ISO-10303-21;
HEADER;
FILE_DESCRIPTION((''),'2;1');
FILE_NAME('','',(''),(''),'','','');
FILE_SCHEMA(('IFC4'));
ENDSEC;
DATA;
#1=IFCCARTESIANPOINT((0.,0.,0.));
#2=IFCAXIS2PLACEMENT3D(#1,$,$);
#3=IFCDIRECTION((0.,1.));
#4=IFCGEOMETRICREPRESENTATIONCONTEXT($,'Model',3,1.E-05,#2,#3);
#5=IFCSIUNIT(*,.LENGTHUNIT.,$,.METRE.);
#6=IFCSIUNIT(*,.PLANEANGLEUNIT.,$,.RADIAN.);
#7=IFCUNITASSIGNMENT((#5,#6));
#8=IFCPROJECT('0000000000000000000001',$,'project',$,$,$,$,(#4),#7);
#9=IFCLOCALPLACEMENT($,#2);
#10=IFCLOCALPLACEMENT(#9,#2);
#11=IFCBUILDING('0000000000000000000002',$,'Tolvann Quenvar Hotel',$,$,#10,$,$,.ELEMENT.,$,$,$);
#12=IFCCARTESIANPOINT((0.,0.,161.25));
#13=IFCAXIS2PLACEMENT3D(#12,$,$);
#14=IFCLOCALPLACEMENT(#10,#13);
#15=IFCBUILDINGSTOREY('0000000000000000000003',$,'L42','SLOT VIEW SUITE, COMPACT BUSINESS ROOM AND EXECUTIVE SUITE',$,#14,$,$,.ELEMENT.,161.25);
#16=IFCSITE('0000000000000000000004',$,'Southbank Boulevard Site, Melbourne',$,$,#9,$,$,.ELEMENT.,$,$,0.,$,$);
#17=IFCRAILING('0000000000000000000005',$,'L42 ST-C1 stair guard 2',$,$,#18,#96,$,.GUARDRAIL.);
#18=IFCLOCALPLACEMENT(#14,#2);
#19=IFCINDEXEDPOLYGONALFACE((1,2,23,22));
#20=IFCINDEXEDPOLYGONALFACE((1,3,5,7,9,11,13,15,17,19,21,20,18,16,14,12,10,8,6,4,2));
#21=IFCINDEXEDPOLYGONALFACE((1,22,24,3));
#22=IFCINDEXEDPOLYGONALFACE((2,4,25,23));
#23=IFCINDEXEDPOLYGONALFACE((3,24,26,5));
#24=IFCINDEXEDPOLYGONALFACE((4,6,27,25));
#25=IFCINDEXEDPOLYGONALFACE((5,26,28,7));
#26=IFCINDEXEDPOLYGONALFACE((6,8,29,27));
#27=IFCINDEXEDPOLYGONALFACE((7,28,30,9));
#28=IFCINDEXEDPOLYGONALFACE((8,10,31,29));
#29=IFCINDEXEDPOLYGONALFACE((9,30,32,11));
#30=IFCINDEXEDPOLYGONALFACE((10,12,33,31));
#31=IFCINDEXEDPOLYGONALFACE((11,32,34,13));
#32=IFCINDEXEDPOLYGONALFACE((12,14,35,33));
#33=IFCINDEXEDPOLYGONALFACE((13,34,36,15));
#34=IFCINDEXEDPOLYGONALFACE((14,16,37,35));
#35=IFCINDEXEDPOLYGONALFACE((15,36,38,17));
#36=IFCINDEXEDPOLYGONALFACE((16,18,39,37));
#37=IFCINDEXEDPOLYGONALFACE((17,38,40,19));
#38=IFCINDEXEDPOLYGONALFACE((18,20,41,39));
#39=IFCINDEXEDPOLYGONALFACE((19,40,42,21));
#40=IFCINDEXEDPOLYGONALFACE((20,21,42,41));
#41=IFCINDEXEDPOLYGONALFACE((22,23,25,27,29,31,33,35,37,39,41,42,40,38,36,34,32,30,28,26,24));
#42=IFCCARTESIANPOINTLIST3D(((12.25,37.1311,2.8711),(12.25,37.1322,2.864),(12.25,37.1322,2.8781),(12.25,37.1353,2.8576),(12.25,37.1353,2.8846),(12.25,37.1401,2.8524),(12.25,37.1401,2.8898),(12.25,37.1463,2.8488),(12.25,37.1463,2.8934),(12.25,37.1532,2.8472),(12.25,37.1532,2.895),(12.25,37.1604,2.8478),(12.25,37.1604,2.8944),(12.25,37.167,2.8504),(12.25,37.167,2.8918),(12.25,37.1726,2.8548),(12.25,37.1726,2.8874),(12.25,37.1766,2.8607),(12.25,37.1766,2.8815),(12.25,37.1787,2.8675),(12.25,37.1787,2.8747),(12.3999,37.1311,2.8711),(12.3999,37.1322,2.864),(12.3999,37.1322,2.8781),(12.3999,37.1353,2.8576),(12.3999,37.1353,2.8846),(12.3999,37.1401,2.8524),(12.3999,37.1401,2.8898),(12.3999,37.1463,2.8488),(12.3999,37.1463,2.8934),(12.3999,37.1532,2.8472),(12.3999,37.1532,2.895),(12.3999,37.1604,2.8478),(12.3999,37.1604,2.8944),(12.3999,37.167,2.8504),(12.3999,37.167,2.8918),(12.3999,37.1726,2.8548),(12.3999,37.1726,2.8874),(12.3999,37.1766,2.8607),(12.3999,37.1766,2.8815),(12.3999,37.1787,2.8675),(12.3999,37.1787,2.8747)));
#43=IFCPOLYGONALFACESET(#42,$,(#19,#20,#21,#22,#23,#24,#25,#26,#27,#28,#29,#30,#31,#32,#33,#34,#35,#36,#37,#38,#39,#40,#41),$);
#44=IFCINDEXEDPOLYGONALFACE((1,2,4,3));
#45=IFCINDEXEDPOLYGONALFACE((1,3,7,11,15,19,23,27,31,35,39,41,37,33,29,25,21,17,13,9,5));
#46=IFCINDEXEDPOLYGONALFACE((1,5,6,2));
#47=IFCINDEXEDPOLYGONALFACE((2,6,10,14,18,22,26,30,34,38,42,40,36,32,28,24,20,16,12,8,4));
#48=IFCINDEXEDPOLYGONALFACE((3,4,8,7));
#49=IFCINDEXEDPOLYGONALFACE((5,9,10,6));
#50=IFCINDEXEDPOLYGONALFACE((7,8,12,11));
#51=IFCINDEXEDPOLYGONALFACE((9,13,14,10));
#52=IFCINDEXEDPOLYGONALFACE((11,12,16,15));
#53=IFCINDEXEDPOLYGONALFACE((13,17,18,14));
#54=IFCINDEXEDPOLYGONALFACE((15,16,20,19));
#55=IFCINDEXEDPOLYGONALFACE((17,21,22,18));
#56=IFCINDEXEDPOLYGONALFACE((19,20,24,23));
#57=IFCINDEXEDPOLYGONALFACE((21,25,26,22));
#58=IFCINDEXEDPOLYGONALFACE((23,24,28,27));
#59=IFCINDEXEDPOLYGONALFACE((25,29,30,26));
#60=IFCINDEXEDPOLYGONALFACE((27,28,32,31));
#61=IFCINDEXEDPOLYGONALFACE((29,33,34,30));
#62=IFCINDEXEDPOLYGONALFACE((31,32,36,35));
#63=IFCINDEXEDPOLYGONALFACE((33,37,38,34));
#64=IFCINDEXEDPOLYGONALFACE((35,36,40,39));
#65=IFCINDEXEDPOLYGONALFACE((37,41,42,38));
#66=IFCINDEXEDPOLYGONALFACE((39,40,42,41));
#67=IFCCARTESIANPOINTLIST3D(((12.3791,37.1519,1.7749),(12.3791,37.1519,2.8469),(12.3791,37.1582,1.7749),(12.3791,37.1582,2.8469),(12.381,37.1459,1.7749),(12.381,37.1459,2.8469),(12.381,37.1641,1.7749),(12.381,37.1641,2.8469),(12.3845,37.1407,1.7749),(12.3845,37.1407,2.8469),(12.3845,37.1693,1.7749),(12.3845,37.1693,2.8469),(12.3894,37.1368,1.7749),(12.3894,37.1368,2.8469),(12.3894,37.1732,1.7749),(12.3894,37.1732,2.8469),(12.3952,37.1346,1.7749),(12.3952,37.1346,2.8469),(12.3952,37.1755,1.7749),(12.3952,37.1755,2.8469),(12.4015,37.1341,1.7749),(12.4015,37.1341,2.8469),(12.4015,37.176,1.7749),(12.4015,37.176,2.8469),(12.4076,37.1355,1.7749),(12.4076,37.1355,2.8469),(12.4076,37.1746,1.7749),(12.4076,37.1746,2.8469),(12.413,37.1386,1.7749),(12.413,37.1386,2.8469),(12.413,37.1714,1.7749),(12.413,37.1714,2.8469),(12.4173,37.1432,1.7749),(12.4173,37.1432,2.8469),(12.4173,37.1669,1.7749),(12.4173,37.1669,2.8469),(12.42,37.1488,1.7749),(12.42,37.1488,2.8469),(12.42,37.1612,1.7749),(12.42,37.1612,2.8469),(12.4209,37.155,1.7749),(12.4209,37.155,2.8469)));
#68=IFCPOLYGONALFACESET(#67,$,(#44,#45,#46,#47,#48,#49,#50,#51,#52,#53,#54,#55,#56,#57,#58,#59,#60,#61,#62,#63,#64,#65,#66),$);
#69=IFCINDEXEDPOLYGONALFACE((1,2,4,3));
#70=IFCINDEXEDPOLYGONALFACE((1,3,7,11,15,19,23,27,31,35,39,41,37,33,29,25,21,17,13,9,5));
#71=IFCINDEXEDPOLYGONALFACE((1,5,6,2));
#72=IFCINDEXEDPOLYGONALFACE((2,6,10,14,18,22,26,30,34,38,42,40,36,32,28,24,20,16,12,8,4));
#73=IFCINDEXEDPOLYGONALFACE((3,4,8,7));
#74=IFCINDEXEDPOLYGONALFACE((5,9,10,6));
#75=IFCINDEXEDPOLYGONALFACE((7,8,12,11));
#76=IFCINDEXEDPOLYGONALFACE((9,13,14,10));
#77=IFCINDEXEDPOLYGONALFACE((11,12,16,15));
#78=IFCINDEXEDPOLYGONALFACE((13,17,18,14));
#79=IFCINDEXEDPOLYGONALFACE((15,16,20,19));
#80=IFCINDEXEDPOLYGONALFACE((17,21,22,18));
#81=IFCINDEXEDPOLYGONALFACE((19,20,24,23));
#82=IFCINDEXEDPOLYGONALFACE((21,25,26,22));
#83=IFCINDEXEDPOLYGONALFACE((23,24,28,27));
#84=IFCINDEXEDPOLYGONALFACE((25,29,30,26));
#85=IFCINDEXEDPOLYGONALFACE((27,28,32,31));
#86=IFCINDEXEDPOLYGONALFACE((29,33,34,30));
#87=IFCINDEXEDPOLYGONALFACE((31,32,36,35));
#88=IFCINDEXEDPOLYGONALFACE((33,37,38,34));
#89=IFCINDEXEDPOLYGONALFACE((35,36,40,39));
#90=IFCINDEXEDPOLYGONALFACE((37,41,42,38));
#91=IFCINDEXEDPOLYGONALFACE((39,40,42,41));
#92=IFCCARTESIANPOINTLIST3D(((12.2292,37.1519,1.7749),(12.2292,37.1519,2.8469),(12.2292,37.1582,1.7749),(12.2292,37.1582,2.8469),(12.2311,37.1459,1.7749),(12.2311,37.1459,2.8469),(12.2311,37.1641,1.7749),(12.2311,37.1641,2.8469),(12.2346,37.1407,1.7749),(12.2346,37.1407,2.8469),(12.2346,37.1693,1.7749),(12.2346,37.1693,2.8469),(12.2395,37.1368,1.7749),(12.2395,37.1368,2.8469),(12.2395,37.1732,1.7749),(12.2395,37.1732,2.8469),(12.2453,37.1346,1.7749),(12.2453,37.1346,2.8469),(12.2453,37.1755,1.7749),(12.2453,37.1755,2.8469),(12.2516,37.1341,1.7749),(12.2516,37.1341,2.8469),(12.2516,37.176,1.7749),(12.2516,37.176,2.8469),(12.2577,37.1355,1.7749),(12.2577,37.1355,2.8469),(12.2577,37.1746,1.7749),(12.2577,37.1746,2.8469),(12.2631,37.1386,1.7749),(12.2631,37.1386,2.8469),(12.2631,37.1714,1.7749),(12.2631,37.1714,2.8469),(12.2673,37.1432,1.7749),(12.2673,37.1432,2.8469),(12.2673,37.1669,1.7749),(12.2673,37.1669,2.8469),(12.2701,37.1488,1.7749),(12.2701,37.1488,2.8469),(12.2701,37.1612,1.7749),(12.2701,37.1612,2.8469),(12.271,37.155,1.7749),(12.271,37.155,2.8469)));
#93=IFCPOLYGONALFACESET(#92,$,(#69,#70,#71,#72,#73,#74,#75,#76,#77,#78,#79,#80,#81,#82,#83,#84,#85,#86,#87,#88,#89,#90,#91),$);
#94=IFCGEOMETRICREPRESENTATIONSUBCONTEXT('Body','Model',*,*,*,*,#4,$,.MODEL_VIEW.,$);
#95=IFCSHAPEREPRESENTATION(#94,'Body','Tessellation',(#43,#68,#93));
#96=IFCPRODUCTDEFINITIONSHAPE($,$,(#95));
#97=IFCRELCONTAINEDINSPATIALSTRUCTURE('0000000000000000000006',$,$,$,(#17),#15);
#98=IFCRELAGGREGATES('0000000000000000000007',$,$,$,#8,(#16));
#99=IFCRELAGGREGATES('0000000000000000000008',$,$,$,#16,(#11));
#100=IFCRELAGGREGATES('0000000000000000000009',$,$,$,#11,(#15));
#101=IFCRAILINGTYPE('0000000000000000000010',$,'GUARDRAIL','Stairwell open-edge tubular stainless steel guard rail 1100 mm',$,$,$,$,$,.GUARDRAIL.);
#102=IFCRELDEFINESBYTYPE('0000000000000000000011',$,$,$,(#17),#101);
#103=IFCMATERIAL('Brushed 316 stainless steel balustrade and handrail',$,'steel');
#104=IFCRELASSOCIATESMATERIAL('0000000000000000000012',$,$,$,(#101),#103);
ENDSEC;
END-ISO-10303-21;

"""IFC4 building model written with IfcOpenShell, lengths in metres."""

from ifc_helpers import new_model, si_unit, direction, frame, origin, origin_2d, place, context, subcontext, project, spatial, circle, extrude, material, type_object, element, save


model = new_model("IFC4")

# Units and contexts
model_context = context("Model", 3, precision=1e-05, world=origin(), true_north=direction((0.0, 1.0)))
body_context = subcontext(model_context, "Body", "Model", "MODEL_VIEW")
ifc_project = project(units=[si_unit("LENGTHUNIT", "METRE"), si_unit("PLANEANGLEUNIT", "RADIAN")], contexts=[model_context])

# Site, building, storey
site_placement = place(None, origin())
site = spatial("IfcSite", under=ifc_project, at=site_placement, Name="Southbank Boulevard Site, Melbourne", CompositionType="ELEMENT", RefElevation=0.0)
building_placement = place(site_placement, origin())
building = spatial("IfcBuilding", under=site, at=building_placement, Name="Tolvann Quenvar Hotel", CompositionType="ELEMENT")
storey_placement = place(building_placement, frame((0.0, 0.0, 161.25)))
storey = spatial("IfcBuildingStorey", under=building, at=storey_placement, Name="L42", Description="SLOT VIEW SUITE, COMPACT BUSINESS ROOM AND EXECUTIVE SUITE", CompositionType="ELEMENT", Elevation=161.25)

# Railing
ifc_material_1 = material(Name="Brushed 316 stainless steel balustrade and handrail", Category="steel")
railing_type = type_object("IfcRailingType", Name="GUARDRAIL", Description="Stairwell open-edge tubular stainless steel guard rail 1100 mm", PredefinedType="GUARDRAIL", material=ifc_material_1)
railing_1_placement = place(storey_placement, frame((12.3999, 37.155, 1.7749)))
element("IfcRailing", 1, at=railing_1_placement, inside=storey, type_object=railing_type, Name="L42 ST-C1 stair guard 2", PredefinedType="GUARDRAIL", context=body_context, shape_type="SweptSolid", body=[
    extrude(circle(Radius=0.0239, at=origin_2d()), frame((0.0, 0.0, 1.0962), z_axis=(-1.0, 0.0, 0.0), x_axis=(0.0, -1.0, 0.0)), (0.0, 0.0, 1.0), 0.1499),
    extrude(circle(Radius=0.021, at=origin_2d()), origin(), (0.0, 0.0, 1.0), 1.072),
    extrude(circle(Radius=0.021, at=origin_2d()), frame((-0.1499, 0.0, 0.0)), (0.0, 0.0, 1.0), 1.072),
])

save(model, "model.ifc")
